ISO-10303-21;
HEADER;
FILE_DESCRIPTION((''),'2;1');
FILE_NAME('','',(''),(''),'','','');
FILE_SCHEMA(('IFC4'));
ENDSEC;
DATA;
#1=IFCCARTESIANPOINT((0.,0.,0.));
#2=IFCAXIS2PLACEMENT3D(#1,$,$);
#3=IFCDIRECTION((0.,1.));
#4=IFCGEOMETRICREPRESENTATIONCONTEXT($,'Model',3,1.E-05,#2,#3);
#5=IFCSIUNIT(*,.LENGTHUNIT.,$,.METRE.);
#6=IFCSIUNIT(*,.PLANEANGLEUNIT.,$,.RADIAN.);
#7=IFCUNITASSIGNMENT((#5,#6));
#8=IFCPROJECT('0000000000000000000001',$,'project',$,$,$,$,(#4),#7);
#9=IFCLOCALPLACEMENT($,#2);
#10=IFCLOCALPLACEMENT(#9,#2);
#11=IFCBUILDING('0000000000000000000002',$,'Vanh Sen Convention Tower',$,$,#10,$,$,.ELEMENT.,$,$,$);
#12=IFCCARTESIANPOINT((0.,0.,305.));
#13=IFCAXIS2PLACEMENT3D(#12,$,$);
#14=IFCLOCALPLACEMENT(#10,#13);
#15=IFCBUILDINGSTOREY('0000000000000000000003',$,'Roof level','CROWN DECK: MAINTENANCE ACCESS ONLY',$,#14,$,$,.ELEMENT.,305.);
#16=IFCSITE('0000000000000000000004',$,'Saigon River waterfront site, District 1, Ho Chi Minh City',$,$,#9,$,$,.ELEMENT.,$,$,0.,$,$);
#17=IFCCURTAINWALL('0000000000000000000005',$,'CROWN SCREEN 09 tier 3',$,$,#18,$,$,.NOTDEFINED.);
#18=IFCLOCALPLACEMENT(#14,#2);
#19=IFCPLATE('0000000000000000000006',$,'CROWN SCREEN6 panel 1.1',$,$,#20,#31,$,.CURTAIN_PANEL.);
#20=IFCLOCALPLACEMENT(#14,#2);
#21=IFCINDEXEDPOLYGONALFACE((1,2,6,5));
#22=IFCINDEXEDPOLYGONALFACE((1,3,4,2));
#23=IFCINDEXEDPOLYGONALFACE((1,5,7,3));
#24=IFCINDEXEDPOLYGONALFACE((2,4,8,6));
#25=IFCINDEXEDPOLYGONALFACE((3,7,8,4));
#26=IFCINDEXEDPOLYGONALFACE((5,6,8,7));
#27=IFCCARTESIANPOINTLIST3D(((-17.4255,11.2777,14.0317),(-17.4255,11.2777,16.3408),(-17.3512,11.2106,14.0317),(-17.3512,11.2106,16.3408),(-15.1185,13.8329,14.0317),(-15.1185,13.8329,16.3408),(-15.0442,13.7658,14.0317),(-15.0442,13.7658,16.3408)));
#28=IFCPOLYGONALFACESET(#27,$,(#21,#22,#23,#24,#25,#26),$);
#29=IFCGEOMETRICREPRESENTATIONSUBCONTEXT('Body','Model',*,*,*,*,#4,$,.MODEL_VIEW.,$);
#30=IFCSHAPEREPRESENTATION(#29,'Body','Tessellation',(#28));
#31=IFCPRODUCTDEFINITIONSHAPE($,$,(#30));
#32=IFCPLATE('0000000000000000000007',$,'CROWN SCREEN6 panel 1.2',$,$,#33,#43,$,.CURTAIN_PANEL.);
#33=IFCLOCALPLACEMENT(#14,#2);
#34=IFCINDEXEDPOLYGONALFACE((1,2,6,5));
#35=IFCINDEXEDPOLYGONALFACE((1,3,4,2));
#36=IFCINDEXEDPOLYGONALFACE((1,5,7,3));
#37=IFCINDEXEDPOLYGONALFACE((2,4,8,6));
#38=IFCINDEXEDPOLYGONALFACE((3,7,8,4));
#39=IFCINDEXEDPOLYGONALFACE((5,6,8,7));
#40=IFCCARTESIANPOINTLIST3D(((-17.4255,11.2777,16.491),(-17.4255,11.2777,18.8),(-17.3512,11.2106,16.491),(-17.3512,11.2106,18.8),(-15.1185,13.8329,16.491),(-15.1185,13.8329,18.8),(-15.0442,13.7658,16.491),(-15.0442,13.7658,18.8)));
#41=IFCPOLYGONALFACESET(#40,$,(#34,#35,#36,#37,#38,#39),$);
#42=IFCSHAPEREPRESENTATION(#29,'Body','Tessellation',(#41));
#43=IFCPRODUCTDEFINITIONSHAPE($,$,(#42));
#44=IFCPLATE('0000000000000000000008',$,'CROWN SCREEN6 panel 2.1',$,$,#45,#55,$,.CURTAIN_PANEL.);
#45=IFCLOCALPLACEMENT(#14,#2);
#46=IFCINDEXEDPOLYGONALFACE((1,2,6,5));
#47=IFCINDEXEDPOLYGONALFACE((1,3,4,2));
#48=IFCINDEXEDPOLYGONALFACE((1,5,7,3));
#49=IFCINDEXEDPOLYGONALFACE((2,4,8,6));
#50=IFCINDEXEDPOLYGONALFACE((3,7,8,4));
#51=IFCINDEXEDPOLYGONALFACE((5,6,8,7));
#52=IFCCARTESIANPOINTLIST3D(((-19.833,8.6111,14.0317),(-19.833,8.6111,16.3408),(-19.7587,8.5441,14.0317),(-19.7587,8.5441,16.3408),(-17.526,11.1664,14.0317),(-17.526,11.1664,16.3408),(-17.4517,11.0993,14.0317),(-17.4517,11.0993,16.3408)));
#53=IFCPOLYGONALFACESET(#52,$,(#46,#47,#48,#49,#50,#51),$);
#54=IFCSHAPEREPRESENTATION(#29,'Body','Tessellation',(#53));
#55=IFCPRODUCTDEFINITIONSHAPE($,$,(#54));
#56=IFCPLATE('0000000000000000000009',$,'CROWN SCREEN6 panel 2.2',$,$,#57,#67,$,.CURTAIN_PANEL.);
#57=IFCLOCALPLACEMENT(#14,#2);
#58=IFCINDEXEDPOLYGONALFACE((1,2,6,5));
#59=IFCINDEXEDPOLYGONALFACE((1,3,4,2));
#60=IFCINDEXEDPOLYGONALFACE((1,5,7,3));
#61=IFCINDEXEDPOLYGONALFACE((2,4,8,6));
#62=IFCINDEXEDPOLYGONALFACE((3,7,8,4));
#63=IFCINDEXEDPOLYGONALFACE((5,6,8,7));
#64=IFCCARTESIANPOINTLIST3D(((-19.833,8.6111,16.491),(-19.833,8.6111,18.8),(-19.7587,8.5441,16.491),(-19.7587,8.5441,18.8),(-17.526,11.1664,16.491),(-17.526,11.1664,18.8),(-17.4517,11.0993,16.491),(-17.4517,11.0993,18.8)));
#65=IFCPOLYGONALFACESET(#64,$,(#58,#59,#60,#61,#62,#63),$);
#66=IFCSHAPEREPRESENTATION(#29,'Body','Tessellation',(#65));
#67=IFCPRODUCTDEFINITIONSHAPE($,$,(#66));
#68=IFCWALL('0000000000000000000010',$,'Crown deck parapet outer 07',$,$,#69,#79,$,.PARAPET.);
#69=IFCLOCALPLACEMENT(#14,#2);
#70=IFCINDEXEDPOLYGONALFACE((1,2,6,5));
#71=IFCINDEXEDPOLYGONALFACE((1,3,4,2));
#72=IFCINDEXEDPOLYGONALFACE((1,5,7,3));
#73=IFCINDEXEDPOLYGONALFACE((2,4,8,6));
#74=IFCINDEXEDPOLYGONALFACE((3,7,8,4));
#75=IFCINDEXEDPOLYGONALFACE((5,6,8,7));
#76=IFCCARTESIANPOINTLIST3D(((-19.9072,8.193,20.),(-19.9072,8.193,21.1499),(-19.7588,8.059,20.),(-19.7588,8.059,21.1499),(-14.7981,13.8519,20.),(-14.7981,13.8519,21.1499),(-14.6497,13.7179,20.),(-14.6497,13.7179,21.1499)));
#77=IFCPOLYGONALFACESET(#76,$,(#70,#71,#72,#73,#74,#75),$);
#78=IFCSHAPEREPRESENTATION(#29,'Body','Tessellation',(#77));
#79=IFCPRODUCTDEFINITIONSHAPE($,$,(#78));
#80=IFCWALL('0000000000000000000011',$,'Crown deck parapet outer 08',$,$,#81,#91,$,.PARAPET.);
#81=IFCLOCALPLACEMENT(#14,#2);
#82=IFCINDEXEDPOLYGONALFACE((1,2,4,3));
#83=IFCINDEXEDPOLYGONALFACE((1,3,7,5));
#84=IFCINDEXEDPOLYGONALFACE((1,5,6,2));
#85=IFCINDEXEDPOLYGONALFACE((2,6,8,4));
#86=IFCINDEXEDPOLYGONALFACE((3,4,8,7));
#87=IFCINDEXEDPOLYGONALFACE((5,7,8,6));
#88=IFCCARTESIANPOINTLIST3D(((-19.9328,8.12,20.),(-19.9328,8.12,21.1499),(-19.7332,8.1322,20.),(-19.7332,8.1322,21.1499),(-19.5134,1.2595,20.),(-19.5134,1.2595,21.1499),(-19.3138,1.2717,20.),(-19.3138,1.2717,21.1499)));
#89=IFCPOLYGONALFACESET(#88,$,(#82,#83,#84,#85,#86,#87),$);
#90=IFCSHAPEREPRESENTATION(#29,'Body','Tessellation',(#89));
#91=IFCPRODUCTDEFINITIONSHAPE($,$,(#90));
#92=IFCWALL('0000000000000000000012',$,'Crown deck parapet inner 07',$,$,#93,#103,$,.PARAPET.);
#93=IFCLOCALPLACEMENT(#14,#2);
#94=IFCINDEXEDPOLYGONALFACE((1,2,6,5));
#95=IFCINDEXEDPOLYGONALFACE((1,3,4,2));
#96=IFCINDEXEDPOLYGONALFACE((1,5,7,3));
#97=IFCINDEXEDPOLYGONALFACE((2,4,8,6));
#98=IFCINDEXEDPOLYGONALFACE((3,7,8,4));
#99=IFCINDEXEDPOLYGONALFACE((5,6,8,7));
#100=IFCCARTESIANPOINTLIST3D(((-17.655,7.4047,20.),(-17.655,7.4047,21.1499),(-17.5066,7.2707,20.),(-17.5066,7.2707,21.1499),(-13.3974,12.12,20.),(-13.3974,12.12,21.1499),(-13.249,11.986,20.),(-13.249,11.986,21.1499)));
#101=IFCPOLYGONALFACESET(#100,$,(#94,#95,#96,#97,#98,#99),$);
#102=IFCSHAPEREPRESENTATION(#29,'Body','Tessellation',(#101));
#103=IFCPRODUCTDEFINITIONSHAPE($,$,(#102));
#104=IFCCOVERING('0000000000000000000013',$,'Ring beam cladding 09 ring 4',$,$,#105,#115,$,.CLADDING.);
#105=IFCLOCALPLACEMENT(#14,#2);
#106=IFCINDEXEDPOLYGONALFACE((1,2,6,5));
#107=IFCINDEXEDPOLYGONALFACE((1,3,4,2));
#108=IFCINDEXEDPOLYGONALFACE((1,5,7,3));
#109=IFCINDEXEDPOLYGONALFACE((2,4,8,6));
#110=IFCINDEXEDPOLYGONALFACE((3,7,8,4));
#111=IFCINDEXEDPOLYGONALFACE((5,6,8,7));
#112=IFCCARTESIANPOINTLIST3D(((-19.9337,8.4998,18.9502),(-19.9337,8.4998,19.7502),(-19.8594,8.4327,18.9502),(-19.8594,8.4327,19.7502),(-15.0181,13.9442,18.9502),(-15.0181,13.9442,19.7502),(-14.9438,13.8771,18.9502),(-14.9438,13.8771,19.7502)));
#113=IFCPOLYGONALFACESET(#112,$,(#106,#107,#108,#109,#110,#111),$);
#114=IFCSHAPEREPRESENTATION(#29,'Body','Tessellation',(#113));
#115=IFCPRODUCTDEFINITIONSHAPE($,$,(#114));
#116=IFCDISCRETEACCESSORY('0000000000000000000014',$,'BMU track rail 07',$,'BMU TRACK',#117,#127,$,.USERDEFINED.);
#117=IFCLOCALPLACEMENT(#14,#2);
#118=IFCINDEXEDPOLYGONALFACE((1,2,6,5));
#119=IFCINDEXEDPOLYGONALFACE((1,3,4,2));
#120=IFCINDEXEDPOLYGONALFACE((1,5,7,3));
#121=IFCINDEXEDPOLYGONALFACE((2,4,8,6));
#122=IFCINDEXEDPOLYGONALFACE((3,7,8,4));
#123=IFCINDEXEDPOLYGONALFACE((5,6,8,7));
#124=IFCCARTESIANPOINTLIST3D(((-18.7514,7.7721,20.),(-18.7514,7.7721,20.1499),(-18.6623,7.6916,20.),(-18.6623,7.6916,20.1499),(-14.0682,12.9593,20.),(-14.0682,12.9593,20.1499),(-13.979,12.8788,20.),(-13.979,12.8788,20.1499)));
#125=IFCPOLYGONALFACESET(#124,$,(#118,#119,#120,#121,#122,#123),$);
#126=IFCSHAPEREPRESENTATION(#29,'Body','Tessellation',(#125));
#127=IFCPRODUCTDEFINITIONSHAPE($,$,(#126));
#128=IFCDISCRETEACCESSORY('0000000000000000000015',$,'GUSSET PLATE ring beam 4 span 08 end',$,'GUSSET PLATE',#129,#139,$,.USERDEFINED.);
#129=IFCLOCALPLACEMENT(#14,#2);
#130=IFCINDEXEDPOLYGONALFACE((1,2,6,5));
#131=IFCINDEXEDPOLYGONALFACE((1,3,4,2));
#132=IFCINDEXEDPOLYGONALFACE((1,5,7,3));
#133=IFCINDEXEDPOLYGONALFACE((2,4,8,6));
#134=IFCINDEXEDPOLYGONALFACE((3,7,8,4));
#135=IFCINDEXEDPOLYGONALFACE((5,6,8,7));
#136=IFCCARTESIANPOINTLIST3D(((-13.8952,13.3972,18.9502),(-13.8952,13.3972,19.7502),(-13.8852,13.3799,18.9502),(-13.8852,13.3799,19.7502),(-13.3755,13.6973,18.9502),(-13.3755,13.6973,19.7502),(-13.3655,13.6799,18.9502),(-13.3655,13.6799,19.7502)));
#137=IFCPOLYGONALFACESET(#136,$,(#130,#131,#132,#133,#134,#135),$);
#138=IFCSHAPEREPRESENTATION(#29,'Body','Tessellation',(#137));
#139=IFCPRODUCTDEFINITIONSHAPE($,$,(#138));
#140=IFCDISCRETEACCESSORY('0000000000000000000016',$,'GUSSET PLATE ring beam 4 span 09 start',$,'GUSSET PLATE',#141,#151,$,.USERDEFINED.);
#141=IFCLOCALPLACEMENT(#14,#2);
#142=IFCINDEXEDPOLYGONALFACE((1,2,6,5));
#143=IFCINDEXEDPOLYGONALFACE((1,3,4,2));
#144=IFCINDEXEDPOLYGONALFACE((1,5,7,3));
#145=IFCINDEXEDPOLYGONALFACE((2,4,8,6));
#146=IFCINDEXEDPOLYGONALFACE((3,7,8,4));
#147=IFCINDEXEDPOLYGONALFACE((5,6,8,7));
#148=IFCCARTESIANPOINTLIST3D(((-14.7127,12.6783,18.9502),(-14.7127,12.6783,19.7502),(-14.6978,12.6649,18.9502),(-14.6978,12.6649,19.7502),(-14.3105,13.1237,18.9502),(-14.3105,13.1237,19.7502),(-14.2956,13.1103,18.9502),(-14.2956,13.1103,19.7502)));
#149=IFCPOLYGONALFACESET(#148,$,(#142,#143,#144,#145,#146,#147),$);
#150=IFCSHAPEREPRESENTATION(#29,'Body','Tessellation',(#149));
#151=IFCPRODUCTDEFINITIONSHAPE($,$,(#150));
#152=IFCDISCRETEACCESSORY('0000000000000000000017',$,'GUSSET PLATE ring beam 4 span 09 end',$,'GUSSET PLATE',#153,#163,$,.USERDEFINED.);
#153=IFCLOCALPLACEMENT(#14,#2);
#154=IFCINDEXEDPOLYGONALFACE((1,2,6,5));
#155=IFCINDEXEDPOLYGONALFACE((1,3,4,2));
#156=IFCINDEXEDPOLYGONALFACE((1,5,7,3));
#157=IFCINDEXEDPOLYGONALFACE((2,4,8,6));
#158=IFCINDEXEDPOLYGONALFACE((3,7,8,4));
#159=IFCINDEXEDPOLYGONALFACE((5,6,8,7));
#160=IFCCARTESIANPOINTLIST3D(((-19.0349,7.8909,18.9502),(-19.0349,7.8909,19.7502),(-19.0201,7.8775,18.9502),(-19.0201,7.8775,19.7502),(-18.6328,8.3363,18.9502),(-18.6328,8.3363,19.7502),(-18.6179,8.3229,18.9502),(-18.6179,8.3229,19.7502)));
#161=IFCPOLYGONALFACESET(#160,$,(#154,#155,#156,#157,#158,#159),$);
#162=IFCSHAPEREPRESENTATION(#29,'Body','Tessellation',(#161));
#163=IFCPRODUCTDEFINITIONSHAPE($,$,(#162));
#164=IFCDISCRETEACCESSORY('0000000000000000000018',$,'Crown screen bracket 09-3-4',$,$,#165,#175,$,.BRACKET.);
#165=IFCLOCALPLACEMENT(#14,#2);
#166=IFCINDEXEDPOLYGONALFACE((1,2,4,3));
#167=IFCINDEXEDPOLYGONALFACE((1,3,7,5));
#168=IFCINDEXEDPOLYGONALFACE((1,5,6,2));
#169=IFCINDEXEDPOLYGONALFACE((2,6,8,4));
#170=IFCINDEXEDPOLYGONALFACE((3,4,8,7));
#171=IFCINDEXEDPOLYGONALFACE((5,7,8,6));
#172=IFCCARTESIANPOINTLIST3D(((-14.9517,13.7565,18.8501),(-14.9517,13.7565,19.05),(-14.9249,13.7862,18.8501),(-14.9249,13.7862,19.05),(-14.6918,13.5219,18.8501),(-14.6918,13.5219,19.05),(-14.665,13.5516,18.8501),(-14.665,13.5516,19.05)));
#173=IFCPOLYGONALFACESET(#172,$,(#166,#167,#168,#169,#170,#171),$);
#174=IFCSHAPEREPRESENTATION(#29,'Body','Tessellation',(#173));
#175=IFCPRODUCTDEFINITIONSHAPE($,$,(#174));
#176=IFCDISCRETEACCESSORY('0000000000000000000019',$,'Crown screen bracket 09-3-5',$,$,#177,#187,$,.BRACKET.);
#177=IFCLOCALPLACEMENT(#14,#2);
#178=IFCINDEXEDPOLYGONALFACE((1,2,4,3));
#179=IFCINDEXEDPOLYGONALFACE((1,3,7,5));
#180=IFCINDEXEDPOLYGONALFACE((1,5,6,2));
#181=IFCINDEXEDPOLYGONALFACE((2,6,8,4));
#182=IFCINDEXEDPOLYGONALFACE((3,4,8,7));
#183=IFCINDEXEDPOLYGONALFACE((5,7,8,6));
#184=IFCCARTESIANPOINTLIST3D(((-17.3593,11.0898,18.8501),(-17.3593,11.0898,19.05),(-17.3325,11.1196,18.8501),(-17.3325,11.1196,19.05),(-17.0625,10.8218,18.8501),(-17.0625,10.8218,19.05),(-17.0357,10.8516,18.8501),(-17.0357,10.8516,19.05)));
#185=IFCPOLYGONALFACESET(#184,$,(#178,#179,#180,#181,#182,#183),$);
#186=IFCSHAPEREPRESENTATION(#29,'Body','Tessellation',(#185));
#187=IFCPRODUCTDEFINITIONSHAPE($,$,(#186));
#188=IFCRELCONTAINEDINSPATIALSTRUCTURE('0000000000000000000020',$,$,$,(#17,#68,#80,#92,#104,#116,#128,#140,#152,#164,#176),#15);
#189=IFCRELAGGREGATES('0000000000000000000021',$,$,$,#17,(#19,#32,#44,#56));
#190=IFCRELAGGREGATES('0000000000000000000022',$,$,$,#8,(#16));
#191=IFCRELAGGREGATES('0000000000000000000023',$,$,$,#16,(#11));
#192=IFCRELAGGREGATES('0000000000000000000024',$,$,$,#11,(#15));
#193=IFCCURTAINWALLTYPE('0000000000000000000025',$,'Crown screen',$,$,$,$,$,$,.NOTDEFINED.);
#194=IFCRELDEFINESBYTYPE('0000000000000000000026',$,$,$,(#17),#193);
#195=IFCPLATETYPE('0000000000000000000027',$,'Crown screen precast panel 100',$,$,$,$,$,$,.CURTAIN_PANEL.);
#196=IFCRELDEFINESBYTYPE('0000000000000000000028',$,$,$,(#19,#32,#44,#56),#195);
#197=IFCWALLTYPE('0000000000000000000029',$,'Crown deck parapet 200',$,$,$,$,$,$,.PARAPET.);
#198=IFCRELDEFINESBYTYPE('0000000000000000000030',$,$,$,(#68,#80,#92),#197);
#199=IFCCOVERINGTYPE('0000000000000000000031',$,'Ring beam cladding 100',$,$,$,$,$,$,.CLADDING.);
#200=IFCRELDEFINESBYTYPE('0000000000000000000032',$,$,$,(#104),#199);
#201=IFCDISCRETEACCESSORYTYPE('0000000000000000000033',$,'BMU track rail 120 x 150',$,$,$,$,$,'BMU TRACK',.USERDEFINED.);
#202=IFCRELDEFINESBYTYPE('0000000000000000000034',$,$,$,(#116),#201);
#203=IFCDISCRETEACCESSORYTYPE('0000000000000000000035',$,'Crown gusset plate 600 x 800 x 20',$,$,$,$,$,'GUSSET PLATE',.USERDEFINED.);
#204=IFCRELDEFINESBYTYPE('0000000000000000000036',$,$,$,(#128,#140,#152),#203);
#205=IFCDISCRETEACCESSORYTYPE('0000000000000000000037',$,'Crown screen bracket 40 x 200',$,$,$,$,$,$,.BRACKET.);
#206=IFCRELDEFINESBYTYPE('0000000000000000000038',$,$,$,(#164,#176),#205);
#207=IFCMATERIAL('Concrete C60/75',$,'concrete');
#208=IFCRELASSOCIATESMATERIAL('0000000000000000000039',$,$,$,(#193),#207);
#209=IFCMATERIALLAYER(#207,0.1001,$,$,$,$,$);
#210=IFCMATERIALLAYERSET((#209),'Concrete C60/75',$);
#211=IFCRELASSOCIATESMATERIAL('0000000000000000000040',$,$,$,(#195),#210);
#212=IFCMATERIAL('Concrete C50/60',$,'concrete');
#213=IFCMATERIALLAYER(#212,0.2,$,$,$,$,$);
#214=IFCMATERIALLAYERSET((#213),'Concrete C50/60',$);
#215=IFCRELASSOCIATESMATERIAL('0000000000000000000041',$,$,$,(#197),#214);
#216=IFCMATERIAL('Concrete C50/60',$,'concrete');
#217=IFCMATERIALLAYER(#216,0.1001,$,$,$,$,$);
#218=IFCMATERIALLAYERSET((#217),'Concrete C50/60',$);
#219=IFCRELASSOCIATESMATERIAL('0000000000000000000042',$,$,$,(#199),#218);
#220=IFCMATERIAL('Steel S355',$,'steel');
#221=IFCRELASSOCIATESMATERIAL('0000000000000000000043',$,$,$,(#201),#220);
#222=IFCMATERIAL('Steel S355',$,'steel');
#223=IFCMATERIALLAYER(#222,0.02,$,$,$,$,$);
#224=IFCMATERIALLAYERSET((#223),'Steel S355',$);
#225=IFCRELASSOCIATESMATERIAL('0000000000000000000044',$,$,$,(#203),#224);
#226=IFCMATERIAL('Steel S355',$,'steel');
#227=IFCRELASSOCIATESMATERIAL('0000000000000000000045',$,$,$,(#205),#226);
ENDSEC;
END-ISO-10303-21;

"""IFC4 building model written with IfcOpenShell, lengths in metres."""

from ifc_helpers import new_model, si_unit, direction, frame, frame_2d, origin, origin_2d, place, context, subcontext, project, spatial, rectangle, extrude, material, layer, layer_set, type_object, element, aggregate, save


model = new_model("IFC4")

# Units and contexts
model_context = context("Model", 3, precision=1e-05, world=origin(), true_north=direction((0.0, 1.0)))
body_context = subcontext(model_context, "Body", "Model", "MODEL_VIEW")
ifc_project = project(units=[si_unit("LENGTHUNIT", "METRE"), si_unit("PLANEANGLEUNIT", "RADIAN")], contexts=[model_context])

# Site, building, storey
site_placement = place(None, origin())
site = spatial("IfcSite", under=ifc_project, at=site_placement, Name="Saigon River waterfront site, District 1, Ho Chi Minh City", CompositionType="ELEMENT", RefElevation=0.0)
building_placement = place(site_placement, origin())
building = spatial("IfcBuilding", under=site, at=building_placement, Name="Vanh Sen Convention Tower", CompositionType="ELEMENT")
storey_placement = place(building_placement, frame((0.0, 0.0, 305.0)))
storey = spatial("IfcBuildingStorey", under=building, at=storey_placement, Name="Roof level", Description="CROWN DECK: MAINTENANCE ACCESS ONLY", CompositionType="ELEMENT", Elevation=305.0)

# Curtain wall
ifc_material_1 = material(Name="Concrete C60/75", Category="concrete")
curtain_wall_type = type_object("IfcCurtainWallType", Name="Crown screen", PredefinedType="NOTDEFINED", material=ifc_material_1)
curtain_wall_1_placement = place(storey_placement, origin())
curtain_wall_1 = element("IfcCurtainWall", 1, at=curtain_wall_1_placement, inside=storey, type_object=curtain_wall_type, Name="CROWN SCREEN 09 tier 3", PredefinedType="NOTDEFINED")

# Plates
ifc_layer_1 = layer(ifc_material_1, 0.1001)
ifc_layer_set_1 = layer_set([ifc_layer_1], Name="Concrete C60/75")
plate_type = type_object("IfcPlateType", Name="Crown screen precast panel 100", PredefinedType="CURTAIN_PANEL", material=ifc_layer_set_1)
plate_1_placement = place(storey_placement, frame((-16.2349, 12.5217, 14.0317), z_axis=(0.0, 0.0, 1.0), x_axis=(-0.670143, -0.742232, 0.0)))
plate_1 = element("IfcPlate", 2, at=plate_1_placement, type_object=plate_type, Name="CROWN SCREEN6 panel 1.1", PredefinedType="CURTAIN_PANEL", context=body_context, shape_type="SweptSolid", body=[
    extrude(rectangle(XDim=3.4426, YDim=0.1001, at=origin_2d()), origin(), (0.0, 0.0, 1.0), 2.3091),
])
plate_2_placement = place(storey_placement, frame((-16.2349, 12.5217, 16.491), z_axis=(0.0, 0.0, 1.0), x_axis=(-0.670143, -0.742232, 0.0)))
plate_2 = element("IfcPlate", 3, at=plate_2_placement, type_object=plate_type, Name="CROWN SCREEN6 panel 1.2", PredefinedType="CURTAIN_PANEL", context=body_context, shape_type="SweptSolid", body=[
    extrude(rectangle(XDim=3.4426, YDim=0.1001, at=origin_2d()), origin(), (0.0, 0.0, 1.0), 2.3091),
])
plate_3_placement = place(storey_placement, frame((-18.6423, 9.8552, 14.0317), z_axis=(0.0, 0.0, 1.0), x_axis=(-0.670143, -0.742232, 0.0)))
plate_3 = element("IfcPlate", 4, at=plate_3_placement, type_object=plate_type, Name="CROWN SCREEN6 panel 2.1", PredefinedType="CURTAIN_PANEL", context=body_context, shape_type="SweptSolid", body=[
    extrude(rectangle(XDim=3.4426, YDim=0.1001, at=origin_2d()), origin(), (0.0, 0.0, 1.0), 2.3091),
])
plate_4_placement = place(storey_placement, frame((-18.6423, 9.8552, 16.491), z_axis=(0.0, 0.0, 1.0), x_axis=(-0.670143, -0.742232, 0.0)))
plate_4 = element("IfcPlate", 5, at=plate_4_placement, type_object=plate_type, Name="CROWN SCREEN6 panel 2.2", PredefinedType="CURTAIN_PANEL", context=body_context, shape_type="SweptSolid", body=[
    extrude(rectangle(XDim=3.4426, YDim=0.1001, at=origin_2d()), origin(), (0.0, 0.0, 1.0), 2.3091),
])
aggregate(curtain_wall_1, [plate_1, plate_2, plate_3, plate_4])

# Walls
ifc_material_2 = material(Name="Concrete C50/60", Category="concrete")
ifc_layer_2 = layer(ifc_material_2, 0.2)
ifc_layer_set_2 = layer_set([ifc_layer_2], Name="Concrete C50/60")
wall_type = type_object("IfcWallType", Name="Crown deck parapet 200", PredefinedType="PARAPET", material=ifc_layer_set_2)
wall_1_placement = place(storey_placement, frame((-14.7239, 13.7849, 20.0), z_axis=(0.0, 0.0, 1.0), x_axis=(-0.67013, -0.742244, 0.0)))
element("IfcWall", 6, at=wall_1_placement, inside=storey, type_object=wall_type, Name="Crown deck parapet outer 07", PredefinedType="PARAPET", context=body_context, shape_type="SweptSolid", body=[
    extrude(rectangle(XDim=7.624, YDim=0.2, at=frame_2d((3.812, 0.0))), origin(), (0.0, 0.0, 1.0), 1.1499),
])
wall_2_placement = place(storey_placement, frame((-19.833, 8.126, 20.0), z_axis=(0.0, 0.0, 1.0), x_axis=(0.061023, -0.998136, 0.0)))
element("IfcWall", 7, at=wall_2_placement, inside=storey, type_object=wall_type, Name="Crown deck parapet outer 08", PredefinedType="PARAPET", context=body_context, shape_type="SweptSolid", body=[
    extrude(rectangle(XDim=6.8733, YDim=0.2, at=frame_2d((3.4365, 0.0))), origin(), (0.0, 0.0, 1.0), 1.1499),
])
wall_3_placement = place(storey_placement, frame((-13.3232, 12.053, 20.0), z_axis=(0.0, 0.0, 1.0), x_axis=(-0.670161, -0.742215, 0.0)))
element("IfcWall", 8, at=wall_3_placement, inside=storey, type_object=wall_type, Name="Crown deck parapet inner 07", PredefinedType="PARAPET", context=body_context, shape_type="SweptSolid", body=[
    extrude(rectangle(XDim=6.353, YDim=0.2, at=frame_2d((3.1765, 0.0))), origin(), (0.0, 0.0, 1.0), 1.1499),
])

# Covering
ifc_material_3 = material(Name="Concrete C50/60", Category="concrete")
ifc_layer_3 = layer(ifc_material_3, 0.1001)
ifc_layer_set_3 = layer_set([ifc_layer_3], Name="Concrete C50/60")
covering_type = type_object("IfcCoveringType", Name="Ring beam cladding 100", PredefinedType="CLADDING", material=ifc_layer_set_3)
covering_placement = place(storey_placement, frame((-17.4387, 11.1885, 18.9502), z_axis=(0.0, 0.0, 1.0), x_axis=(-0.670143, -0.742232, 0.0)))
element("IfcCovering", 9, at=covering_placement, inside=storey, type_object=covering_type, Name="Ring beam cladding 09 ring 4", PredefinedType="CLADDING", context=body_context, shape_type="SweptSolid", body=[
    extrude(rectangle(XDim=7.3352, YDim=0.1001, at=origin_2d()), origin(), (0.0, 0.0, 1.0), 0.8),
])

# Discrete accessories
ifc_material_4 = material(Name="Steel S355", Category="steel")
discrete_accessory_type_1 = type_object("IfcDiscreteAccessoryType", Name="BMU track rail 120 x 150", ElementType="BMU TRACK", PredefinedType="USERDEFINED", material=ifc_material_4)
discrete_accessory_1_placement = place(storey_placement, frame((-16.3652, 10.3254, 20.0), z_axis=(0.0, 0.0, 1.0), x_axis=(-0.670135, -0.742239, 0.0)))
element("IfcDiscreteAccessory", 10, at=discrete_accessory_1_placement, inside=storey, type_object=discrete_accessory_type_1, Name="BMU track rail 07", ObjectType="BMU TRACK", PredefinedType="USERDEFINED", context=body_context, shape_type="SweptSolid", body=[
    extrude(rectangle(XDim=6.9885, YDim=0.1201, at=origin_2d()), origin(), (0.0, 0.0, 1.0), 0.1499),
])
ifc_material_5 = material(Name="Steel S355", Category="steel")
ifc_layer_4 = layer(ifc_material_5, 0.02)
ifc_layer_set_4 = layer_set([ifc_layer_4], Name="Steel S355")
discrete_accessory_type_2 = type_object("IfcDiscreteAccessoryType", Name="Crown gusset plate 600 x 800 x 20", ElementType="GUSSET PLATE", PredefinedType="USERDEFINED", material=ifc_layer_set_4)
for number, where, z_axis, x_axis, name in (
    (11, (-13.6304, 13.5386, 18.9502), (0.0, 0.0, 1.0), (0.866023, 0.500005, 0.0), "GUSSET PLATE ring beam 4 span 08 end"),
    (12, (-14.5042, 12.8943, 18.9502), (0.0, 0.0, 1.0), (-0.670143, -0.742232, 0.0), "GUSSET PLATE ring beam 4 span 09 start"),
    (13, (-18.8264, 8.1069, 18.9502), (0.0, 0.0, 1.0), (0.670143, 0.742232, 0.0), "GUSSET PLATE ring beam 4 span 09 end"),
):
    element("IfcDiscreteAccessory", number, at=place(storey_placement, frame(where, z_axis=z_axis, x_axis=x_axis)), inside=storey, type_object=discrete_accessory_type_2, Name=name, ObjectType="GUSSET PLATE", PredefinedType="USERDEFINED", context=body_context, shape_type="SweptSolid", body=[
        extrude(rectangle(XDim=0.6001, YDim=0.02, at=origin_2d()), origin(), (0.0, 0.0, 1.0), 0.8),
    ])
ifc_material_6 = material(Name="Steel S355", Category="steel")
discrete_accessory_type_3 = type_object("IfcDiscreteAccessoryType", Name="Crown screen bracket 40 x 200", PredefinedType="BRACKET", material=ifc_material_6)
discrete_accessory_2_placement = place(storey_placement, frame((-14.8083, 13.6541, 18.8501), z_axis=(0.0, 0.0, 1.0), x_axis=(-0.742232, 0.670143, 0.0)))
element("IfcDiscreteAccessory", 14, at=discrete_accessory_2_placement, inside=storey, type_object=discrete_accessory_type_3, Name="Crown screen bracket 09-3-4", PredefinedType="BRACKET", context=body_context, shape_type="SweptSolid", body=[
    extrude(rectangle(XDim=0.3501, YDim=0.04, at=origin_2d()), origin(), (0.0, 0.0, 1.0), 0.2),
])
discrete_accessory_3_placement = place(storey_placement, frame((-17.1975, 10.9707, 18.8501), z_axis=(0.0, 0.0, 1.0), x_axis=(-0.742232, 0.670143, 0.0)))
element("IfcDiscreteAccessory", 15, at=discrete_accessory_3_placement, inside=storey, type_object=discrete_accessory_type_3, Name="Crown screen bracket 09-3-5", PredefinedType="BRACKET", context=body_context, shape_type="SweptSolid", body=[
    extrude(rectangle(XDim=0.3999, YDim=0.04, at=origin_2d()), origin(), (0.0, 0.0, 1.0), 0.2),
])

save(model, "model.ifc")
